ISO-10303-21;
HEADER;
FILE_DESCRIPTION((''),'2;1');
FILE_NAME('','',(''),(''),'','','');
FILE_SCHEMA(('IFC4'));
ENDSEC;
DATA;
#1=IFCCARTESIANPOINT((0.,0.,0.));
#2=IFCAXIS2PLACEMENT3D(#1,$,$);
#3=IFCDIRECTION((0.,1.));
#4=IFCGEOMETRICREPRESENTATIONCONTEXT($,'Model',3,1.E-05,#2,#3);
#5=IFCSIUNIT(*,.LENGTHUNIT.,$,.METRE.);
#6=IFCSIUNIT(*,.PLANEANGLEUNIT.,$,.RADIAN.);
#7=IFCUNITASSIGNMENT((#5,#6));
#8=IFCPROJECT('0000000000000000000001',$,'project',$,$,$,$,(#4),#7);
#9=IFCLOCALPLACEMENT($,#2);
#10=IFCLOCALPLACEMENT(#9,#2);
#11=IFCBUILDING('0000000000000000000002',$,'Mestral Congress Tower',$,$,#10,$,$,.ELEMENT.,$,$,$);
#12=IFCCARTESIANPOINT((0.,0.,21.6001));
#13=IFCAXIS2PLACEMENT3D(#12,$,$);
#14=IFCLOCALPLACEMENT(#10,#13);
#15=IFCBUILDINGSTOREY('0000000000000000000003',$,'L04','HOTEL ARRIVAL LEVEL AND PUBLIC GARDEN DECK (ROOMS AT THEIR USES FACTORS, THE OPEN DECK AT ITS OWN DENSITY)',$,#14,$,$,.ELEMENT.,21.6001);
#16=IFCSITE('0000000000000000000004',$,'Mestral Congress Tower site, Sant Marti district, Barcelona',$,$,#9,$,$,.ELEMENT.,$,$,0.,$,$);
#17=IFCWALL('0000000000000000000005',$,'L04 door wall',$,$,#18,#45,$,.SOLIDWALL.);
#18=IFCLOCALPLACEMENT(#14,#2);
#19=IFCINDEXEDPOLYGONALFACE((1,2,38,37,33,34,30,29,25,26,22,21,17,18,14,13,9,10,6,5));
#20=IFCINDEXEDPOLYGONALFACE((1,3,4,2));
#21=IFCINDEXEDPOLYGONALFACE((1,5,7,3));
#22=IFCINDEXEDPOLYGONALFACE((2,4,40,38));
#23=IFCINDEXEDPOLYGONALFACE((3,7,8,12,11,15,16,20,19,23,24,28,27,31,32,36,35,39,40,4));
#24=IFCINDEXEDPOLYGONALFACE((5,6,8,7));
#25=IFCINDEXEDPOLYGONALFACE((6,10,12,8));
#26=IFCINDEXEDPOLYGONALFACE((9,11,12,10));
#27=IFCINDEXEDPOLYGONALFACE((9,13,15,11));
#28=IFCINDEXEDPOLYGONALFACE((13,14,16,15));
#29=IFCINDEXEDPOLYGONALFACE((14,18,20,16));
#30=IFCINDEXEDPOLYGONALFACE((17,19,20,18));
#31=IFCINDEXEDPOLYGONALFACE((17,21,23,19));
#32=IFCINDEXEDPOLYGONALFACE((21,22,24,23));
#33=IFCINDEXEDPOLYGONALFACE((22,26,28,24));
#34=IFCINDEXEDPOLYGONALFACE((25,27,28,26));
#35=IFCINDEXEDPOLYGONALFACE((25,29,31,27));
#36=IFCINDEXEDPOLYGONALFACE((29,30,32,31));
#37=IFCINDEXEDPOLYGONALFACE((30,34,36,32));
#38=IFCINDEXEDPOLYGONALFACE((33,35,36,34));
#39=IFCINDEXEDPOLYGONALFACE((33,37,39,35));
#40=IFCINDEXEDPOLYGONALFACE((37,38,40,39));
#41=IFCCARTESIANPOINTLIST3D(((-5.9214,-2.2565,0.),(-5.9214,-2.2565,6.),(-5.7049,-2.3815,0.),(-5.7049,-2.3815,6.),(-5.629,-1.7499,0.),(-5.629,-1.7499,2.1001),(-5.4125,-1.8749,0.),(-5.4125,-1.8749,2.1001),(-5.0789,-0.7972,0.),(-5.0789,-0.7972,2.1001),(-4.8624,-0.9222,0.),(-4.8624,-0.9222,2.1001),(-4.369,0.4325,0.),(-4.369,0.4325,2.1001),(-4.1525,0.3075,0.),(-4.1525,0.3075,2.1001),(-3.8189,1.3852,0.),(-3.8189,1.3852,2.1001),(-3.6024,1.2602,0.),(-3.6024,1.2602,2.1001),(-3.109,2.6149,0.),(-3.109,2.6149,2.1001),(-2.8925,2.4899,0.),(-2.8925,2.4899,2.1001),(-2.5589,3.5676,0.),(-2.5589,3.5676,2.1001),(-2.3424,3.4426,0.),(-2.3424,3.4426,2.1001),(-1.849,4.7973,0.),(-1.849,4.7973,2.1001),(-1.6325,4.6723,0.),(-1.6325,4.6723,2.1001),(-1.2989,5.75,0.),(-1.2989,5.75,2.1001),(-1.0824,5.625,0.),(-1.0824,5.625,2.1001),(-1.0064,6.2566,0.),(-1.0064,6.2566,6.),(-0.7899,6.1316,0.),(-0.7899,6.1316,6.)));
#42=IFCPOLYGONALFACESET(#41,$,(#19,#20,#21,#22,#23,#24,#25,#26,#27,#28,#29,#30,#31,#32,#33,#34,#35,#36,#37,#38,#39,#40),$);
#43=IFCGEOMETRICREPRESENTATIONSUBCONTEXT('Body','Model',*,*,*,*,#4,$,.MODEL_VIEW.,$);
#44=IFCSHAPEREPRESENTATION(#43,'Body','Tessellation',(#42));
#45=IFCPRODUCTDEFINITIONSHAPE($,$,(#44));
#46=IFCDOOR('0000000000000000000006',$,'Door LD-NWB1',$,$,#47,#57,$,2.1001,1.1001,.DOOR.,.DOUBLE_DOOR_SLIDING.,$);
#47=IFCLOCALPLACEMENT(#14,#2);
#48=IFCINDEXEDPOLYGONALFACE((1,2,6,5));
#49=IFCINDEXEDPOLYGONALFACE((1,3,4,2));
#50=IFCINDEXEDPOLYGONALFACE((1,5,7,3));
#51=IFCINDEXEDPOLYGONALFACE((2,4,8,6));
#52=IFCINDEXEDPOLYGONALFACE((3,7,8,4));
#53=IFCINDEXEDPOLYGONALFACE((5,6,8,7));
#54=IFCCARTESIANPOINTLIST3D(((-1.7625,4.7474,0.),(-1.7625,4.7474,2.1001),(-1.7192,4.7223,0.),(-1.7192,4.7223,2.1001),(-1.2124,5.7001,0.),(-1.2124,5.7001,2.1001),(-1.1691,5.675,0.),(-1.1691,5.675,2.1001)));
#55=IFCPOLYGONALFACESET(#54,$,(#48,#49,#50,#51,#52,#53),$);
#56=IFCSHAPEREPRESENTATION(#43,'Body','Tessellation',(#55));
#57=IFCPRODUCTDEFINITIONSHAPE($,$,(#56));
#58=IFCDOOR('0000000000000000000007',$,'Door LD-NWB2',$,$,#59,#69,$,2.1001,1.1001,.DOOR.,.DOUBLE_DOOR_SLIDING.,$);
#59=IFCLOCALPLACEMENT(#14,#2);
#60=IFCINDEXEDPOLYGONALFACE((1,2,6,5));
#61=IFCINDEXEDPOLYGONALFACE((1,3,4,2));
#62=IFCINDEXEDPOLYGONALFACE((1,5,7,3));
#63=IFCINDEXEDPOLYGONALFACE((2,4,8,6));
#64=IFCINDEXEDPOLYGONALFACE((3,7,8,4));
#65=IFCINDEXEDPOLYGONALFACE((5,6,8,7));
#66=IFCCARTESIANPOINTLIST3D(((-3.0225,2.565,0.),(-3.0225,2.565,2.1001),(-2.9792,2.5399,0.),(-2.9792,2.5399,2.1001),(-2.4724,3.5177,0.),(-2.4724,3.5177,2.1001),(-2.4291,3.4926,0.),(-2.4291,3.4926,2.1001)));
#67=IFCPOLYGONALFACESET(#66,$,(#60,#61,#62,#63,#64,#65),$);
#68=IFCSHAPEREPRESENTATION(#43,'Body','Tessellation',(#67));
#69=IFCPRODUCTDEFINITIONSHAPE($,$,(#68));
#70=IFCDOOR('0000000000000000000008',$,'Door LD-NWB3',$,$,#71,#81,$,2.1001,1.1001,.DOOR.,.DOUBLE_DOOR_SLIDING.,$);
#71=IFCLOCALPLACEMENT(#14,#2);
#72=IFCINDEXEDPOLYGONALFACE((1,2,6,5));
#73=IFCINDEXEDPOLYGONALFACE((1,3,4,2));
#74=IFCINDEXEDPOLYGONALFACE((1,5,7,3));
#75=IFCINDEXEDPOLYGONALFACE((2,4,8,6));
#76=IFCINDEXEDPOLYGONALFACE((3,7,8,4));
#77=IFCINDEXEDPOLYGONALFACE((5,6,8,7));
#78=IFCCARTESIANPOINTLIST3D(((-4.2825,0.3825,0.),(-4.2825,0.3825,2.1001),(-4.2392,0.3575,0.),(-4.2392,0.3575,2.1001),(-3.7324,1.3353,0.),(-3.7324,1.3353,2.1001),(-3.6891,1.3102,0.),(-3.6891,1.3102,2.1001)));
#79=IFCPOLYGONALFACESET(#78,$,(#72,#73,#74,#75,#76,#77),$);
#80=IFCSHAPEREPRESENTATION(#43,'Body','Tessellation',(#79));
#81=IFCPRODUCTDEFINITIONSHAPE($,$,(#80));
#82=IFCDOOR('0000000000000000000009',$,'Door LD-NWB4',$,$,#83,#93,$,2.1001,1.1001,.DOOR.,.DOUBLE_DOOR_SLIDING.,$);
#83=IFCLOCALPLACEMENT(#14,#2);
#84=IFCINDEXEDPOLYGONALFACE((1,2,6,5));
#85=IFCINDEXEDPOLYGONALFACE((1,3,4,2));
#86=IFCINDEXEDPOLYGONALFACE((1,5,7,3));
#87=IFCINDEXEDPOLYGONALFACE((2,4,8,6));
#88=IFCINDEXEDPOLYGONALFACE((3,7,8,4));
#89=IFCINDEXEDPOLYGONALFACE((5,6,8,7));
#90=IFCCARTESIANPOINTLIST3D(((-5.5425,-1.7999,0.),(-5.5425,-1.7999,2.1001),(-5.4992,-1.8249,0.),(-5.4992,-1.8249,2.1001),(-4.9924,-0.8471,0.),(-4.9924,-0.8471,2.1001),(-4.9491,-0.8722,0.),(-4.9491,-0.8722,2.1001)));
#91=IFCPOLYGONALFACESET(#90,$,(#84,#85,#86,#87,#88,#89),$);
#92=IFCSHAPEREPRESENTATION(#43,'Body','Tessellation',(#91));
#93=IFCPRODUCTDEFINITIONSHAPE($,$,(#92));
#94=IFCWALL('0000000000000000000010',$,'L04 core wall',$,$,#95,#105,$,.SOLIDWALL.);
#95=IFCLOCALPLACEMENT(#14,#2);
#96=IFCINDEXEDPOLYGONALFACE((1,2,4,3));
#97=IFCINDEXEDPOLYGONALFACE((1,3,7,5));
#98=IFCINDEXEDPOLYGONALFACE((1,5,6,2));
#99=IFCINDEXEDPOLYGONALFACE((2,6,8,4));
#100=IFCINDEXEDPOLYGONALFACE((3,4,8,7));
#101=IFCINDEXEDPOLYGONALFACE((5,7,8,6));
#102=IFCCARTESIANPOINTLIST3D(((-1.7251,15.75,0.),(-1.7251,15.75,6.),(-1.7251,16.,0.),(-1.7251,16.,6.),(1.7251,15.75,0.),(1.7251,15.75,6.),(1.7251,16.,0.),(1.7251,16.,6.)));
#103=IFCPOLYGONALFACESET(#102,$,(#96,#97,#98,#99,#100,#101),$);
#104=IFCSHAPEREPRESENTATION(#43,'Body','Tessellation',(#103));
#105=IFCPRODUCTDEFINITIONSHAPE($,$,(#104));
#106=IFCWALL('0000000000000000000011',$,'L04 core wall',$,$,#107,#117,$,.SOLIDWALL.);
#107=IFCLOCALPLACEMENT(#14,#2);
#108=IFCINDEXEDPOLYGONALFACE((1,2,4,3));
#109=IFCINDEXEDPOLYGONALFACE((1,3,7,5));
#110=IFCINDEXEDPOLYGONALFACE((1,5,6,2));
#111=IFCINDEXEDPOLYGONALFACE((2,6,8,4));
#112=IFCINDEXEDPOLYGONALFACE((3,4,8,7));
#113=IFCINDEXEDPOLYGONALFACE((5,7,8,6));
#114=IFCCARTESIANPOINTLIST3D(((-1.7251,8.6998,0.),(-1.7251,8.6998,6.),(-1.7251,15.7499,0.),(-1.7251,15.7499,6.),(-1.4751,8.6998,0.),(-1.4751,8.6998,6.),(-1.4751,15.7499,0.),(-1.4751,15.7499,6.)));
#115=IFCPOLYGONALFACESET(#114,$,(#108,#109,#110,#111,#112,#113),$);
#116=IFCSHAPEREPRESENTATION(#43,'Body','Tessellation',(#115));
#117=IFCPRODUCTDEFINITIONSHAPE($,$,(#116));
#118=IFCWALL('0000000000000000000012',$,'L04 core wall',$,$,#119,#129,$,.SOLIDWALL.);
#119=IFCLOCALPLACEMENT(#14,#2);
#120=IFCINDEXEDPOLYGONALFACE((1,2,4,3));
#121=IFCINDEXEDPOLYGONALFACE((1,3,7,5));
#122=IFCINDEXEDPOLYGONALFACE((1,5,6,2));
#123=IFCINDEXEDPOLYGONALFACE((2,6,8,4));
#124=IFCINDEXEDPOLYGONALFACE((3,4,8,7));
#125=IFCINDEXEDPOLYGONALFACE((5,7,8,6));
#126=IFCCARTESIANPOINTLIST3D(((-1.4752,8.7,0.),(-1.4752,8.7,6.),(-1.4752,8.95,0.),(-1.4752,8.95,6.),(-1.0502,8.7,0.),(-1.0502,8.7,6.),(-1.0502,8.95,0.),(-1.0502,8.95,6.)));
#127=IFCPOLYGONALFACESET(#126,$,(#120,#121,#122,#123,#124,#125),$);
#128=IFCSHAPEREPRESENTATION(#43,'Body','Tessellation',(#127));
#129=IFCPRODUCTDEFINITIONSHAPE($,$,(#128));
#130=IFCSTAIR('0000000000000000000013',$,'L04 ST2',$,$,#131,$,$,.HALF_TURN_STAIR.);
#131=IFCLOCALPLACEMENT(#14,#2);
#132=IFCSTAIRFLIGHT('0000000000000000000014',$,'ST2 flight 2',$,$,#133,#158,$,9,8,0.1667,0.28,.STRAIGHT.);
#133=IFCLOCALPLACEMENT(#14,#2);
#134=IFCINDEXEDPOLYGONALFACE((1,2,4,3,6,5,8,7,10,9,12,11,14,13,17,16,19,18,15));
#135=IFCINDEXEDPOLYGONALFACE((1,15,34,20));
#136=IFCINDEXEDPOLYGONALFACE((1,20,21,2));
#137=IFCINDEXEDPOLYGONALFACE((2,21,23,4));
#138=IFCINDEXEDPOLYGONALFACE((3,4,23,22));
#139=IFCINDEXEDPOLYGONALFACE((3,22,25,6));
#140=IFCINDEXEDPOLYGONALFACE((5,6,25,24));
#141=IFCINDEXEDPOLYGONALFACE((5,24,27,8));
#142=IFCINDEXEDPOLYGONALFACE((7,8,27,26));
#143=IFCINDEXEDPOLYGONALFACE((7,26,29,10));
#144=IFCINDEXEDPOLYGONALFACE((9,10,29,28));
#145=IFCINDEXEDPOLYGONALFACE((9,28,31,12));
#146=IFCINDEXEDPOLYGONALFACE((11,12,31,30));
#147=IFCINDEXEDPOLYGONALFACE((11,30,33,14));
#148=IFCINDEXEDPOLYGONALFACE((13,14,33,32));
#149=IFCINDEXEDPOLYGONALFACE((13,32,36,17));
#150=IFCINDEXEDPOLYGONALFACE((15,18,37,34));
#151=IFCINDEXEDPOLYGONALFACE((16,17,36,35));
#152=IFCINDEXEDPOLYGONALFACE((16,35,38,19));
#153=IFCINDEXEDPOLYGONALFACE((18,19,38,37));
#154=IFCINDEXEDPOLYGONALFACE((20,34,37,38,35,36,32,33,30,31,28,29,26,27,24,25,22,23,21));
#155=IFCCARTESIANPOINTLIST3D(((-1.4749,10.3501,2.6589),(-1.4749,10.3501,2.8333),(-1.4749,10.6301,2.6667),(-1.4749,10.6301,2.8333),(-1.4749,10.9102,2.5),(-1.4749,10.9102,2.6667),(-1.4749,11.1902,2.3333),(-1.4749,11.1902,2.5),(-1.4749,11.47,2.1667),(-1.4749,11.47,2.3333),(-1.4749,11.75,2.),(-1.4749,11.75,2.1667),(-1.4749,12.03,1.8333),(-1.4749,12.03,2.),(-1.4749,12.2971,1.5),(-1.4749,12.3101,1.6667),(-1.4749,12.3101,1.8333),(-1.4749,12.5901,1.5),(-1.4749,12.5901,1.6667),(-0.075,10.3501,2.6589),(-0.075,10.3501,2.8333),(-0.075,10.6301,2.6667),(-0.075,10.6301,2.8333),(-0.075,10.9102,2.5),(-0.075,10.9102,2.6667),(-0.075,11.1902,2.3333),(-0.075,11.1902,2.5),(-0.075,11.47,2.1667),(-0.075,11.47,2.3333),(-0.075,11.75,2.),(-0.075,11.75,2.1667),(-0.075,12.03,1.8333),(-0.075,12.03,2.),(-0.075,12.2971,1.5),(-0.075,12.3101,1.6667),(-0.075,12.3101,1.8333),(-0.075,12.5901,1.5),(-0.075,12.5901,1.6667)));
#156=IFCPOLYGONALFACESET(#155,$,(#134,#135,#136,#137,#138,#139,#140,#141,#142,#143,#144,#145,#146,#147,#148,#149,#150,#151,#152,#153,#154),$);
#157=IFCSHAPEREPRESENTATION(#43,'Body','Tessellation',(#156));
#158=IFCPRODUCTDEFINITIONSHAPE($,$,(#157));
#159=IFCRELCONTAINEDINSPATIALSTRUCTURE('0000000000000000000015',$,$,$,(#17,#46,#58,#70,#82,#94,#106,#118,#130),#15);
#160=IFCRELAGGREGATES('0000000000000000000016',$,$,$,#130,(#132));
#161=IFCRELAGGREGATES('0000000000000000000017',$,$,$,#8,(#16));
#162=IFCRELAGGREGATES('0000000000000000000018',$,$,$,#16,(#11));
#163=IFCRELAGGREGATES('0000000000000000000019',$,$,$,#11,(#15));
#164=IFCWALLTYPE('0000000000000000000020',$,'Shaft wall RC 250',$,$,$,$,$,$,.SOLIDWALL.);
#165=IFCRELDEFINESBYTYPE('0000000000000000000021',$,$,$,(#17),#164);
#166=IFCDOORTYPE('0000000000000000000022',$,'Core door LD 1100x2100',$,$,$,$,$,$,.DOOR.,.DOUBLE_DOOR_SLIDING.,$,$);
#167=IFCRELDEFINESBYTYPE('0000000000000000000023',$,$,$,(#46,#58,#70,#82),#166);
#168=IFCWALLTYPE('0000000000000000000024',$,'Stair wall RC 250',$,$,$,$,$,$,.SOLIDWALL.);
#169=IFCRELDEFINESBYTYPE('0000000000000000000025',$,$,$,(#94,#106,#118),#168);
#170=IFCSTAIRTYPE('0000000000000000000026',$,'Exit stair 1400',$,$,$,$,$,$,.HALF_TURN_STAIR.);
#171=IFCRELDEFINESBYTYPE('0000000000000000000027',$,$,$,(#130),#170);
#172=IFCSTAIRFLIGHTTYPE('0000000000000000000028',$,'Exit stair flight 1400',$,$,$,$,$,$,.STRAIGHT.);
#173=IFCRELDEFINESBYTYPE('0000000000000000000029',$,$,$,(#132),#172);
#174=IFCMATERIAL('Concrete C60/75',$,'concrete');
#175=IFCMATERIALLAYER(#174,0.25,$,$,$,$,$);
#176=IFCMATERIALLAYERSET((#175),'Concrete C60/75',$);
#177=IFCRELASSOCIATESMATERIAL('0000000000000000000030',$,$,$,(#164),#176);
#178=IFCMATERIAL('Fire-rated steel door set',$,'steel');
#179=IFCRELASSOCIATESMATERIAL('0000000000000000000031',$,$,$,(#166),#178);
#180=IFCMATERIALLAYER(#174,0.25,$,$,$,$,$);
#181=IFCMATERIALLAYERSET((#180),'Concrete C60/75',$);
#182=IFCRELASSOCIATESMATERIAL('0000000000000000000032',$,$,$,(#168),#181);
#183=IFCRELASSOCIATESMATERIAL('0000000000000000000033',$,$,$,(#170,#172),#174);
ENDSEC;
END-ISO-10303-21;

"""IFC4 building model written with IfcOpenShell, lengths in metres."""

from ifc_helpers import new_model, si_unit, direction, frame, frame_2d, origin, place, context, subcontext, project, spatial, polyline, rectangle, outline, extrude, material, layer, layer_set, type_object, element, fill, aggregate, save


model = new_model("IFC4")

# Units and contexts
model_context = context("Model", 3, precision=1e-05, world=origin(), true_north=direction((0.0, 1.0)))
body_context = subcontext(model_context, "Body", "Model", "MODEL_VIEW")
ifc_project = project(units=[si_unit("LENGTHUNIT", "METRE"), si_unit("PLANEANGLEUNIT", "RADIAN")], contexts=[model_context])

# Site, building, storey
site_placement = place(None, origin())
site = spatial("IfcSite", under=ifc_project, at=site_placement, Name="Mestral Congress Tower site, Sant Marti district, Barcelona", CompositionType="ELEMENT", RefElevation=0.0)
building_placement = place(site_placement, origin())
building = spatial("IfcBuilding", under=site, at=building_placement, Name="Mestral Congress Tower", CompositionType="ELEMENT")
storey_placement = place(building_placement, frame((0.0, 0.0, 21.6001)))
storey = spatial("IfcBuildingStorey", under=building, at=storey_placement, Name="L04", Description="HOTEL ARRIVAL LEVEL AND PUBLIC GARDEN DECK (ROOMS AT THEIR USES FACTORS, THE OPEN DECK AT ITS OWN DENSITY)", CompositionType="ELEMENT", Elevation=21.6001)

# Shared definitions
ifc_material_1 = material(Name="Fire-rated steel door set", Category="steel")

# Shared definitions
ifc_material_2 = material(Name="Concrete C60/75", Category="concrete")
ifc_layer_1 = layer(ifc_material_2, 0.25)
ifc_layer_set_1 = layer_set([ifc_layer_1], Name="Concrete C60/75")
wall_type_1 = type_object("IfcWallType", Name="Shaft wall RC 250", PredefinedType="SOLIDWALL", material=ifc_layer_set_1)

# Wall, openings, doors
wall_1_placement = place(storey_placement, frame((-0.8982, 6.1941, 0.0), z_axis=(0.0, 0.0, 1.0), x_axis=(-0.499996, -0.866028, 0.0)))
wall_1 = element("IfcWall", 1, at=wall_1_placement, inside=storey, type_object=wall_type_1, Name="L04 door wall", PredefinedType="SOLIDWALL", context=body_context, shape_type="SweptSolid", body=[
    extrude(rectangle(XDim=9.8301, YDim=0.25, at=frame_2d((4.915, 0.0))), origin(), (0.0, 0.0, 1.0), 6.0),
])
opening_1_placement = place(wall_1_placement, frame((0.585, 0.0, 0.0)))
opening_1 = element("IfcOpeningElement", 2, at=opening_1_placement, cuts=wall_1, PredefinedType="OPENING", context=body_context, shape_type="SweptSolid", body=[
    extrude(rectangle(XDim=1.1001, YDim=2.1001, at=frame_2d((0.55, 1.05))), frame((0.0, 0.135, 0.0), z_axis=(0.0, -1.0, 0.0), x_axis=(1.0, 0.0, 0.0)), (0.0, 0.0, 1.0), 0.27),
])
opening_2_placement = place(wall_1_placement, frame((3.105, 0.0, 0.0)))
opening_2 = element("IfcOpeningElement", 3, at=opening_2_placement, cuts=wall_1, PredefinedType="OPENING", context=body_context, shape_type="SweptSolid", body=[
    extrude(rectangle(XDim=1.1001, YDim=2.1001, at=frame_2d((0.55, 1.05))), frame((0.0, 0.135, 0.0), z_axis=(0.0, -1.0, 0.0), x_axis=(1.0, 0.0, 0.0)), (0.0, 0.0, 1.0), 0.27),
])
opening_3_placement = place(wall_1_placement, frame((5.625, 0.0, 0.0)))
opening_3 = element("IfcOpeningElement", 4, at=opening_3_placement, cuts=wall_1, PredefinedType="OPENING", context=body_context, shape_type="SweptSolid", body=[
    extrude(rectangle(XDim=1.1001, YDim=2.1001, at=frame_2d((0.55, 1.05))), frame((0.0, 0.135, 0.0), z_axis=(0.0, -1.0, 0.0), x_axis=(1.0, 0.0, 0.0)), (0.0, 0.0, 1.0), 0.27),
])
opening_4_placement = place(wall_1_placement, frame((8.145, 0.0, 0.0)))
opening_4 = element("IfcOpeningElement", 5, at=opening_4_placement, cuts=wall_1, PredefinedType="OPENING", context=body_context, shape_type="SweptSolid", body=[
    extrude(rectangle(XDim=1.1001, YDim=2.1001, at=frame_2d((0.55, 1.05))), frame((0.0, 0.135, 0.0), z_axis=(0.0, -1.0, 0.0), x_axis=(1.0, 0.0, 0.0)), (0.0, 0.0, 1.0), 0.27),
])
door_type_1 = type_object("IfcDoorType", Name="Core door LD 1100x2100", OperationType="DOUBLE_DOOR_SLIDING", PredefinedType="DOOR", material=ifc_material_1)
door_1_placement = place(opening_1_placement, origin())
door_1 = element("IfcDoor", 6, at=door_1_placement, inside=storey, type_object=door_type_1, Name="Door LD-NWB1", OperationType="DOUBLE_DOOR_SLIDING", OverallHeight=2.1001, OverallWidth=1.1001, PredefinedType="DOOR", context=body_context, shape_type="SweptSolid", body=[
    extrude(rectangle(XDim=1.1001, YDim=2.1001, at=frame_2d((0.55, 1.05))), frame((0.0, 0.0249, 0.0), z_axis=(0.0, -1.0, 0.0), x_axis=(1.0, 0.0, 0.0)), (0.0, 0.0, 1.0), 0.05),
])
fill(opening_1, door_1)
door_2_placement = place(opening_2_placement, origin())
door_2 = element("IfcDoor", 7, at=door_2_placement, inside=storey, type_object=door_type_1, Name="Door LD-NWB2", OperationType="DOUBLE_DOOR_SLIDING", OverallHeight=2.1001, OverallWidth=1.1001, PredefinedType="DOOR", context=body_context, shape_type="SweptSolid", body=[
    extrude(rectangle(XDim=1.1001, YDim=2.1001, at=frame_2d((0.55, 1.05))), frame((0.0, 0.0249, 0.0), z_axis=(0.0, -1.0, 0.0), x_axis=(1.0, 0.0, 0.0)), (0.0, 0.0, 1.0), 0.05),
])
fill(opening_2, door_2)
door_3_placement = place(opening_3_placement, origin())
door_3 = element("IfcDoor", 8, at=door_3_placement, inside=storey, type_object=door_type_1, Name="Door LD-NWB3", OperationType="DOUBLE_DOOR_SLIDING", OverallHeight=2.1001, OverallWidth=1.1001, PredefinedType="DOOR", context=body_context, shape_type="SweptSolid", body=[
    extrude(rectangle(XDim=1.1001, YDim=2.1001, at=frame_2d((0.55, 1.05))), frame((0.0, 0.0249, 0.0), z_axis=(0.0, -1.0, 0.0), x_axis=(1.0, 0.0, 0.0)), (0.0, 0.0, 1.0), 0.05),
])
fill(opening_3, door_3)
door_4_placement = place(opening_4_placement, origin())
door_4 = element("IfcDoor", 9, at=door_4_placement, inside=storey, type_object=door_type_1, Name="Door LD-NWB4", OperationType="DOUBLE_DOOR_SLIDING", OverallHeight=2.1001, OverallWidth=1.1001, PredefinedType="DOOR", context=body_context, shape_type="SweptSolid", body=[
    extrude(rectangle(XDim=1.1001, YDim=2.1001, at=frame_2d((0.55, 1.05))), frame((0.0, 0.0249, 0.0), z_axis=(0.0, -1.0, 0.0), x_axis=(1.0, 0.0, 0.0)), (0.0, 0.0, 1.0), 0.05),
])
fill(opening_4, door_4)

# Walls
ifc_layer_2 = layer(ifc_material_2, 0.25)
ifc_layer_set_2 = layer_set([ifc_layer_2], Name="Concrete C60/75")
wall_type_2 = type_object("IfcWallType", Name="Stair wall RC 250", PredefinedType="SOLIDWALL", material=ifc_layer_set_2)
wall_2_placement = place(storey_placement, frame((-1.7251, 15.875, 0.0), z_axis=(0.0, 0.0, 1.0), x_axis=(1.0, 0.0, 0.0)))
element("IfcWall", 10, at=wall_2_placement, inside=storey, type_object=wall_type_2, Name="L04 core wall", PredefinedType="SOLIDWALL", context=body_context, shape_type="SweptSolid", body=[
    extrude(rectangle(XDim=3.4502, YDim=0.25, at=frame_2d((1.7251, 0.0))), origin(), (0.0, 0.0, 1.0), 6.0),
])
wall_3_placement = place(storey_placement, frame((-1.6001, 8.7, 0.0), z_axis=(0.0, 0.0, 1.0), x_axis=(0.0, 1.0, 0.0)))
element("IfcWall", 11, at=wall_3_placement, inside=storey, type_object=wall_type_2, Name="L04 core wall", PredefinedType="SOLIDWALL", context=body_context, shape_type="SweptSolid", body=[
    extrude(rectangle(XDim=7.05, YDim=0.25, at=frame_2d((3.5249, 0.0))), origin(), (0.0, 0.0, 1.0), 6.0),
])
wall_4_placement = place(storey_placement, frame((-1.4751, 8.825, 0.0), z_axis=(0.0, 0.0, 1.0), x_axis=(1.0, 0.0, 0.0)))
element("IfcWall", 12, at=wall_4_placement, inside=storey, type_object=wall_type_2, Name="L04 core wall", PredefinedType="SOLIDWALL", context=body_context, shape_type="SweptSolid", body=[
    extrude(rectangle(XDim=0.425, YDim=0.25, at=frame_2d((0.2124, 0.0))), origin(), (0.0, 0.0, 1.0), 6.0),
])

# Stair, stair flight
stair_type = type_object("IfcStairType", Name="Exit stair 1400", PredefinedType="HALF_TURN_STAIR", material=ifc_material_2)
stair_placement = place(storey_placement, origin())
stair = element("IfcStair", 13, at=stair_placement, inside=storey, type_object=stair_type, Name="L04 ST2", PredefinedType="HALF_TURN_STAIR")
stair_flight_type = type_object("IfcStairFlightType", Name="Exit stair flight 1400", PredefinedType="STRAIGHT", material=ifc_material_2)
stair_flight_1_placement = place(storey_placement, frame((-0.7749, 12.5901, 1.5), z_axis=(0.0, 0.0, 1.0), x_axis=(0.0, -1.0, 0.0)))
stair_flight_1 = element("IfcStairFlight", 14, at=stair_flight_1_placement, type_object=stair_flight_type, Name="ST2 flight 2", NumberOfRisers=9, NumberOfTreads=8, PredefinedType="STRAIGHT", RiserHeight=0.1667, TreadLength=0.28, context=body_context, shape_type="SweptSolid", body=[
    extrude(outline(polyline([(0.0, 0.0), (0.0, 0.1667), (0.28, 0.1667), (0.28, 0.3333), (0.5601, 0.3333), (0.5601, 0.5), (0.8401, 0.5), (0.8401, 0.6667), (1.1201, 0.6667), (1.1201, 0.8333), (1.3999, 0.8333), (1.3999, 1.0), (1.6799, 1.0), (1.6799, 1.1667), (1.96, 1.1667), (1.96, 1.3333), (2.24, 1.3333), (2.24, 1.5), (2.24, 1.1589), (0.293, 0.0), (0.0, 0.0)])), frame((0.0, 0.7, 0.0), z_axis=(0.0, -1.0, 0.0), x_axis=(1.0, 0.0, 0.0)), (0.0, 0.0, 1.0), 1.3999),
])
aggregate(stair, [stair_flight_1])

save(model, "model.ifc")
